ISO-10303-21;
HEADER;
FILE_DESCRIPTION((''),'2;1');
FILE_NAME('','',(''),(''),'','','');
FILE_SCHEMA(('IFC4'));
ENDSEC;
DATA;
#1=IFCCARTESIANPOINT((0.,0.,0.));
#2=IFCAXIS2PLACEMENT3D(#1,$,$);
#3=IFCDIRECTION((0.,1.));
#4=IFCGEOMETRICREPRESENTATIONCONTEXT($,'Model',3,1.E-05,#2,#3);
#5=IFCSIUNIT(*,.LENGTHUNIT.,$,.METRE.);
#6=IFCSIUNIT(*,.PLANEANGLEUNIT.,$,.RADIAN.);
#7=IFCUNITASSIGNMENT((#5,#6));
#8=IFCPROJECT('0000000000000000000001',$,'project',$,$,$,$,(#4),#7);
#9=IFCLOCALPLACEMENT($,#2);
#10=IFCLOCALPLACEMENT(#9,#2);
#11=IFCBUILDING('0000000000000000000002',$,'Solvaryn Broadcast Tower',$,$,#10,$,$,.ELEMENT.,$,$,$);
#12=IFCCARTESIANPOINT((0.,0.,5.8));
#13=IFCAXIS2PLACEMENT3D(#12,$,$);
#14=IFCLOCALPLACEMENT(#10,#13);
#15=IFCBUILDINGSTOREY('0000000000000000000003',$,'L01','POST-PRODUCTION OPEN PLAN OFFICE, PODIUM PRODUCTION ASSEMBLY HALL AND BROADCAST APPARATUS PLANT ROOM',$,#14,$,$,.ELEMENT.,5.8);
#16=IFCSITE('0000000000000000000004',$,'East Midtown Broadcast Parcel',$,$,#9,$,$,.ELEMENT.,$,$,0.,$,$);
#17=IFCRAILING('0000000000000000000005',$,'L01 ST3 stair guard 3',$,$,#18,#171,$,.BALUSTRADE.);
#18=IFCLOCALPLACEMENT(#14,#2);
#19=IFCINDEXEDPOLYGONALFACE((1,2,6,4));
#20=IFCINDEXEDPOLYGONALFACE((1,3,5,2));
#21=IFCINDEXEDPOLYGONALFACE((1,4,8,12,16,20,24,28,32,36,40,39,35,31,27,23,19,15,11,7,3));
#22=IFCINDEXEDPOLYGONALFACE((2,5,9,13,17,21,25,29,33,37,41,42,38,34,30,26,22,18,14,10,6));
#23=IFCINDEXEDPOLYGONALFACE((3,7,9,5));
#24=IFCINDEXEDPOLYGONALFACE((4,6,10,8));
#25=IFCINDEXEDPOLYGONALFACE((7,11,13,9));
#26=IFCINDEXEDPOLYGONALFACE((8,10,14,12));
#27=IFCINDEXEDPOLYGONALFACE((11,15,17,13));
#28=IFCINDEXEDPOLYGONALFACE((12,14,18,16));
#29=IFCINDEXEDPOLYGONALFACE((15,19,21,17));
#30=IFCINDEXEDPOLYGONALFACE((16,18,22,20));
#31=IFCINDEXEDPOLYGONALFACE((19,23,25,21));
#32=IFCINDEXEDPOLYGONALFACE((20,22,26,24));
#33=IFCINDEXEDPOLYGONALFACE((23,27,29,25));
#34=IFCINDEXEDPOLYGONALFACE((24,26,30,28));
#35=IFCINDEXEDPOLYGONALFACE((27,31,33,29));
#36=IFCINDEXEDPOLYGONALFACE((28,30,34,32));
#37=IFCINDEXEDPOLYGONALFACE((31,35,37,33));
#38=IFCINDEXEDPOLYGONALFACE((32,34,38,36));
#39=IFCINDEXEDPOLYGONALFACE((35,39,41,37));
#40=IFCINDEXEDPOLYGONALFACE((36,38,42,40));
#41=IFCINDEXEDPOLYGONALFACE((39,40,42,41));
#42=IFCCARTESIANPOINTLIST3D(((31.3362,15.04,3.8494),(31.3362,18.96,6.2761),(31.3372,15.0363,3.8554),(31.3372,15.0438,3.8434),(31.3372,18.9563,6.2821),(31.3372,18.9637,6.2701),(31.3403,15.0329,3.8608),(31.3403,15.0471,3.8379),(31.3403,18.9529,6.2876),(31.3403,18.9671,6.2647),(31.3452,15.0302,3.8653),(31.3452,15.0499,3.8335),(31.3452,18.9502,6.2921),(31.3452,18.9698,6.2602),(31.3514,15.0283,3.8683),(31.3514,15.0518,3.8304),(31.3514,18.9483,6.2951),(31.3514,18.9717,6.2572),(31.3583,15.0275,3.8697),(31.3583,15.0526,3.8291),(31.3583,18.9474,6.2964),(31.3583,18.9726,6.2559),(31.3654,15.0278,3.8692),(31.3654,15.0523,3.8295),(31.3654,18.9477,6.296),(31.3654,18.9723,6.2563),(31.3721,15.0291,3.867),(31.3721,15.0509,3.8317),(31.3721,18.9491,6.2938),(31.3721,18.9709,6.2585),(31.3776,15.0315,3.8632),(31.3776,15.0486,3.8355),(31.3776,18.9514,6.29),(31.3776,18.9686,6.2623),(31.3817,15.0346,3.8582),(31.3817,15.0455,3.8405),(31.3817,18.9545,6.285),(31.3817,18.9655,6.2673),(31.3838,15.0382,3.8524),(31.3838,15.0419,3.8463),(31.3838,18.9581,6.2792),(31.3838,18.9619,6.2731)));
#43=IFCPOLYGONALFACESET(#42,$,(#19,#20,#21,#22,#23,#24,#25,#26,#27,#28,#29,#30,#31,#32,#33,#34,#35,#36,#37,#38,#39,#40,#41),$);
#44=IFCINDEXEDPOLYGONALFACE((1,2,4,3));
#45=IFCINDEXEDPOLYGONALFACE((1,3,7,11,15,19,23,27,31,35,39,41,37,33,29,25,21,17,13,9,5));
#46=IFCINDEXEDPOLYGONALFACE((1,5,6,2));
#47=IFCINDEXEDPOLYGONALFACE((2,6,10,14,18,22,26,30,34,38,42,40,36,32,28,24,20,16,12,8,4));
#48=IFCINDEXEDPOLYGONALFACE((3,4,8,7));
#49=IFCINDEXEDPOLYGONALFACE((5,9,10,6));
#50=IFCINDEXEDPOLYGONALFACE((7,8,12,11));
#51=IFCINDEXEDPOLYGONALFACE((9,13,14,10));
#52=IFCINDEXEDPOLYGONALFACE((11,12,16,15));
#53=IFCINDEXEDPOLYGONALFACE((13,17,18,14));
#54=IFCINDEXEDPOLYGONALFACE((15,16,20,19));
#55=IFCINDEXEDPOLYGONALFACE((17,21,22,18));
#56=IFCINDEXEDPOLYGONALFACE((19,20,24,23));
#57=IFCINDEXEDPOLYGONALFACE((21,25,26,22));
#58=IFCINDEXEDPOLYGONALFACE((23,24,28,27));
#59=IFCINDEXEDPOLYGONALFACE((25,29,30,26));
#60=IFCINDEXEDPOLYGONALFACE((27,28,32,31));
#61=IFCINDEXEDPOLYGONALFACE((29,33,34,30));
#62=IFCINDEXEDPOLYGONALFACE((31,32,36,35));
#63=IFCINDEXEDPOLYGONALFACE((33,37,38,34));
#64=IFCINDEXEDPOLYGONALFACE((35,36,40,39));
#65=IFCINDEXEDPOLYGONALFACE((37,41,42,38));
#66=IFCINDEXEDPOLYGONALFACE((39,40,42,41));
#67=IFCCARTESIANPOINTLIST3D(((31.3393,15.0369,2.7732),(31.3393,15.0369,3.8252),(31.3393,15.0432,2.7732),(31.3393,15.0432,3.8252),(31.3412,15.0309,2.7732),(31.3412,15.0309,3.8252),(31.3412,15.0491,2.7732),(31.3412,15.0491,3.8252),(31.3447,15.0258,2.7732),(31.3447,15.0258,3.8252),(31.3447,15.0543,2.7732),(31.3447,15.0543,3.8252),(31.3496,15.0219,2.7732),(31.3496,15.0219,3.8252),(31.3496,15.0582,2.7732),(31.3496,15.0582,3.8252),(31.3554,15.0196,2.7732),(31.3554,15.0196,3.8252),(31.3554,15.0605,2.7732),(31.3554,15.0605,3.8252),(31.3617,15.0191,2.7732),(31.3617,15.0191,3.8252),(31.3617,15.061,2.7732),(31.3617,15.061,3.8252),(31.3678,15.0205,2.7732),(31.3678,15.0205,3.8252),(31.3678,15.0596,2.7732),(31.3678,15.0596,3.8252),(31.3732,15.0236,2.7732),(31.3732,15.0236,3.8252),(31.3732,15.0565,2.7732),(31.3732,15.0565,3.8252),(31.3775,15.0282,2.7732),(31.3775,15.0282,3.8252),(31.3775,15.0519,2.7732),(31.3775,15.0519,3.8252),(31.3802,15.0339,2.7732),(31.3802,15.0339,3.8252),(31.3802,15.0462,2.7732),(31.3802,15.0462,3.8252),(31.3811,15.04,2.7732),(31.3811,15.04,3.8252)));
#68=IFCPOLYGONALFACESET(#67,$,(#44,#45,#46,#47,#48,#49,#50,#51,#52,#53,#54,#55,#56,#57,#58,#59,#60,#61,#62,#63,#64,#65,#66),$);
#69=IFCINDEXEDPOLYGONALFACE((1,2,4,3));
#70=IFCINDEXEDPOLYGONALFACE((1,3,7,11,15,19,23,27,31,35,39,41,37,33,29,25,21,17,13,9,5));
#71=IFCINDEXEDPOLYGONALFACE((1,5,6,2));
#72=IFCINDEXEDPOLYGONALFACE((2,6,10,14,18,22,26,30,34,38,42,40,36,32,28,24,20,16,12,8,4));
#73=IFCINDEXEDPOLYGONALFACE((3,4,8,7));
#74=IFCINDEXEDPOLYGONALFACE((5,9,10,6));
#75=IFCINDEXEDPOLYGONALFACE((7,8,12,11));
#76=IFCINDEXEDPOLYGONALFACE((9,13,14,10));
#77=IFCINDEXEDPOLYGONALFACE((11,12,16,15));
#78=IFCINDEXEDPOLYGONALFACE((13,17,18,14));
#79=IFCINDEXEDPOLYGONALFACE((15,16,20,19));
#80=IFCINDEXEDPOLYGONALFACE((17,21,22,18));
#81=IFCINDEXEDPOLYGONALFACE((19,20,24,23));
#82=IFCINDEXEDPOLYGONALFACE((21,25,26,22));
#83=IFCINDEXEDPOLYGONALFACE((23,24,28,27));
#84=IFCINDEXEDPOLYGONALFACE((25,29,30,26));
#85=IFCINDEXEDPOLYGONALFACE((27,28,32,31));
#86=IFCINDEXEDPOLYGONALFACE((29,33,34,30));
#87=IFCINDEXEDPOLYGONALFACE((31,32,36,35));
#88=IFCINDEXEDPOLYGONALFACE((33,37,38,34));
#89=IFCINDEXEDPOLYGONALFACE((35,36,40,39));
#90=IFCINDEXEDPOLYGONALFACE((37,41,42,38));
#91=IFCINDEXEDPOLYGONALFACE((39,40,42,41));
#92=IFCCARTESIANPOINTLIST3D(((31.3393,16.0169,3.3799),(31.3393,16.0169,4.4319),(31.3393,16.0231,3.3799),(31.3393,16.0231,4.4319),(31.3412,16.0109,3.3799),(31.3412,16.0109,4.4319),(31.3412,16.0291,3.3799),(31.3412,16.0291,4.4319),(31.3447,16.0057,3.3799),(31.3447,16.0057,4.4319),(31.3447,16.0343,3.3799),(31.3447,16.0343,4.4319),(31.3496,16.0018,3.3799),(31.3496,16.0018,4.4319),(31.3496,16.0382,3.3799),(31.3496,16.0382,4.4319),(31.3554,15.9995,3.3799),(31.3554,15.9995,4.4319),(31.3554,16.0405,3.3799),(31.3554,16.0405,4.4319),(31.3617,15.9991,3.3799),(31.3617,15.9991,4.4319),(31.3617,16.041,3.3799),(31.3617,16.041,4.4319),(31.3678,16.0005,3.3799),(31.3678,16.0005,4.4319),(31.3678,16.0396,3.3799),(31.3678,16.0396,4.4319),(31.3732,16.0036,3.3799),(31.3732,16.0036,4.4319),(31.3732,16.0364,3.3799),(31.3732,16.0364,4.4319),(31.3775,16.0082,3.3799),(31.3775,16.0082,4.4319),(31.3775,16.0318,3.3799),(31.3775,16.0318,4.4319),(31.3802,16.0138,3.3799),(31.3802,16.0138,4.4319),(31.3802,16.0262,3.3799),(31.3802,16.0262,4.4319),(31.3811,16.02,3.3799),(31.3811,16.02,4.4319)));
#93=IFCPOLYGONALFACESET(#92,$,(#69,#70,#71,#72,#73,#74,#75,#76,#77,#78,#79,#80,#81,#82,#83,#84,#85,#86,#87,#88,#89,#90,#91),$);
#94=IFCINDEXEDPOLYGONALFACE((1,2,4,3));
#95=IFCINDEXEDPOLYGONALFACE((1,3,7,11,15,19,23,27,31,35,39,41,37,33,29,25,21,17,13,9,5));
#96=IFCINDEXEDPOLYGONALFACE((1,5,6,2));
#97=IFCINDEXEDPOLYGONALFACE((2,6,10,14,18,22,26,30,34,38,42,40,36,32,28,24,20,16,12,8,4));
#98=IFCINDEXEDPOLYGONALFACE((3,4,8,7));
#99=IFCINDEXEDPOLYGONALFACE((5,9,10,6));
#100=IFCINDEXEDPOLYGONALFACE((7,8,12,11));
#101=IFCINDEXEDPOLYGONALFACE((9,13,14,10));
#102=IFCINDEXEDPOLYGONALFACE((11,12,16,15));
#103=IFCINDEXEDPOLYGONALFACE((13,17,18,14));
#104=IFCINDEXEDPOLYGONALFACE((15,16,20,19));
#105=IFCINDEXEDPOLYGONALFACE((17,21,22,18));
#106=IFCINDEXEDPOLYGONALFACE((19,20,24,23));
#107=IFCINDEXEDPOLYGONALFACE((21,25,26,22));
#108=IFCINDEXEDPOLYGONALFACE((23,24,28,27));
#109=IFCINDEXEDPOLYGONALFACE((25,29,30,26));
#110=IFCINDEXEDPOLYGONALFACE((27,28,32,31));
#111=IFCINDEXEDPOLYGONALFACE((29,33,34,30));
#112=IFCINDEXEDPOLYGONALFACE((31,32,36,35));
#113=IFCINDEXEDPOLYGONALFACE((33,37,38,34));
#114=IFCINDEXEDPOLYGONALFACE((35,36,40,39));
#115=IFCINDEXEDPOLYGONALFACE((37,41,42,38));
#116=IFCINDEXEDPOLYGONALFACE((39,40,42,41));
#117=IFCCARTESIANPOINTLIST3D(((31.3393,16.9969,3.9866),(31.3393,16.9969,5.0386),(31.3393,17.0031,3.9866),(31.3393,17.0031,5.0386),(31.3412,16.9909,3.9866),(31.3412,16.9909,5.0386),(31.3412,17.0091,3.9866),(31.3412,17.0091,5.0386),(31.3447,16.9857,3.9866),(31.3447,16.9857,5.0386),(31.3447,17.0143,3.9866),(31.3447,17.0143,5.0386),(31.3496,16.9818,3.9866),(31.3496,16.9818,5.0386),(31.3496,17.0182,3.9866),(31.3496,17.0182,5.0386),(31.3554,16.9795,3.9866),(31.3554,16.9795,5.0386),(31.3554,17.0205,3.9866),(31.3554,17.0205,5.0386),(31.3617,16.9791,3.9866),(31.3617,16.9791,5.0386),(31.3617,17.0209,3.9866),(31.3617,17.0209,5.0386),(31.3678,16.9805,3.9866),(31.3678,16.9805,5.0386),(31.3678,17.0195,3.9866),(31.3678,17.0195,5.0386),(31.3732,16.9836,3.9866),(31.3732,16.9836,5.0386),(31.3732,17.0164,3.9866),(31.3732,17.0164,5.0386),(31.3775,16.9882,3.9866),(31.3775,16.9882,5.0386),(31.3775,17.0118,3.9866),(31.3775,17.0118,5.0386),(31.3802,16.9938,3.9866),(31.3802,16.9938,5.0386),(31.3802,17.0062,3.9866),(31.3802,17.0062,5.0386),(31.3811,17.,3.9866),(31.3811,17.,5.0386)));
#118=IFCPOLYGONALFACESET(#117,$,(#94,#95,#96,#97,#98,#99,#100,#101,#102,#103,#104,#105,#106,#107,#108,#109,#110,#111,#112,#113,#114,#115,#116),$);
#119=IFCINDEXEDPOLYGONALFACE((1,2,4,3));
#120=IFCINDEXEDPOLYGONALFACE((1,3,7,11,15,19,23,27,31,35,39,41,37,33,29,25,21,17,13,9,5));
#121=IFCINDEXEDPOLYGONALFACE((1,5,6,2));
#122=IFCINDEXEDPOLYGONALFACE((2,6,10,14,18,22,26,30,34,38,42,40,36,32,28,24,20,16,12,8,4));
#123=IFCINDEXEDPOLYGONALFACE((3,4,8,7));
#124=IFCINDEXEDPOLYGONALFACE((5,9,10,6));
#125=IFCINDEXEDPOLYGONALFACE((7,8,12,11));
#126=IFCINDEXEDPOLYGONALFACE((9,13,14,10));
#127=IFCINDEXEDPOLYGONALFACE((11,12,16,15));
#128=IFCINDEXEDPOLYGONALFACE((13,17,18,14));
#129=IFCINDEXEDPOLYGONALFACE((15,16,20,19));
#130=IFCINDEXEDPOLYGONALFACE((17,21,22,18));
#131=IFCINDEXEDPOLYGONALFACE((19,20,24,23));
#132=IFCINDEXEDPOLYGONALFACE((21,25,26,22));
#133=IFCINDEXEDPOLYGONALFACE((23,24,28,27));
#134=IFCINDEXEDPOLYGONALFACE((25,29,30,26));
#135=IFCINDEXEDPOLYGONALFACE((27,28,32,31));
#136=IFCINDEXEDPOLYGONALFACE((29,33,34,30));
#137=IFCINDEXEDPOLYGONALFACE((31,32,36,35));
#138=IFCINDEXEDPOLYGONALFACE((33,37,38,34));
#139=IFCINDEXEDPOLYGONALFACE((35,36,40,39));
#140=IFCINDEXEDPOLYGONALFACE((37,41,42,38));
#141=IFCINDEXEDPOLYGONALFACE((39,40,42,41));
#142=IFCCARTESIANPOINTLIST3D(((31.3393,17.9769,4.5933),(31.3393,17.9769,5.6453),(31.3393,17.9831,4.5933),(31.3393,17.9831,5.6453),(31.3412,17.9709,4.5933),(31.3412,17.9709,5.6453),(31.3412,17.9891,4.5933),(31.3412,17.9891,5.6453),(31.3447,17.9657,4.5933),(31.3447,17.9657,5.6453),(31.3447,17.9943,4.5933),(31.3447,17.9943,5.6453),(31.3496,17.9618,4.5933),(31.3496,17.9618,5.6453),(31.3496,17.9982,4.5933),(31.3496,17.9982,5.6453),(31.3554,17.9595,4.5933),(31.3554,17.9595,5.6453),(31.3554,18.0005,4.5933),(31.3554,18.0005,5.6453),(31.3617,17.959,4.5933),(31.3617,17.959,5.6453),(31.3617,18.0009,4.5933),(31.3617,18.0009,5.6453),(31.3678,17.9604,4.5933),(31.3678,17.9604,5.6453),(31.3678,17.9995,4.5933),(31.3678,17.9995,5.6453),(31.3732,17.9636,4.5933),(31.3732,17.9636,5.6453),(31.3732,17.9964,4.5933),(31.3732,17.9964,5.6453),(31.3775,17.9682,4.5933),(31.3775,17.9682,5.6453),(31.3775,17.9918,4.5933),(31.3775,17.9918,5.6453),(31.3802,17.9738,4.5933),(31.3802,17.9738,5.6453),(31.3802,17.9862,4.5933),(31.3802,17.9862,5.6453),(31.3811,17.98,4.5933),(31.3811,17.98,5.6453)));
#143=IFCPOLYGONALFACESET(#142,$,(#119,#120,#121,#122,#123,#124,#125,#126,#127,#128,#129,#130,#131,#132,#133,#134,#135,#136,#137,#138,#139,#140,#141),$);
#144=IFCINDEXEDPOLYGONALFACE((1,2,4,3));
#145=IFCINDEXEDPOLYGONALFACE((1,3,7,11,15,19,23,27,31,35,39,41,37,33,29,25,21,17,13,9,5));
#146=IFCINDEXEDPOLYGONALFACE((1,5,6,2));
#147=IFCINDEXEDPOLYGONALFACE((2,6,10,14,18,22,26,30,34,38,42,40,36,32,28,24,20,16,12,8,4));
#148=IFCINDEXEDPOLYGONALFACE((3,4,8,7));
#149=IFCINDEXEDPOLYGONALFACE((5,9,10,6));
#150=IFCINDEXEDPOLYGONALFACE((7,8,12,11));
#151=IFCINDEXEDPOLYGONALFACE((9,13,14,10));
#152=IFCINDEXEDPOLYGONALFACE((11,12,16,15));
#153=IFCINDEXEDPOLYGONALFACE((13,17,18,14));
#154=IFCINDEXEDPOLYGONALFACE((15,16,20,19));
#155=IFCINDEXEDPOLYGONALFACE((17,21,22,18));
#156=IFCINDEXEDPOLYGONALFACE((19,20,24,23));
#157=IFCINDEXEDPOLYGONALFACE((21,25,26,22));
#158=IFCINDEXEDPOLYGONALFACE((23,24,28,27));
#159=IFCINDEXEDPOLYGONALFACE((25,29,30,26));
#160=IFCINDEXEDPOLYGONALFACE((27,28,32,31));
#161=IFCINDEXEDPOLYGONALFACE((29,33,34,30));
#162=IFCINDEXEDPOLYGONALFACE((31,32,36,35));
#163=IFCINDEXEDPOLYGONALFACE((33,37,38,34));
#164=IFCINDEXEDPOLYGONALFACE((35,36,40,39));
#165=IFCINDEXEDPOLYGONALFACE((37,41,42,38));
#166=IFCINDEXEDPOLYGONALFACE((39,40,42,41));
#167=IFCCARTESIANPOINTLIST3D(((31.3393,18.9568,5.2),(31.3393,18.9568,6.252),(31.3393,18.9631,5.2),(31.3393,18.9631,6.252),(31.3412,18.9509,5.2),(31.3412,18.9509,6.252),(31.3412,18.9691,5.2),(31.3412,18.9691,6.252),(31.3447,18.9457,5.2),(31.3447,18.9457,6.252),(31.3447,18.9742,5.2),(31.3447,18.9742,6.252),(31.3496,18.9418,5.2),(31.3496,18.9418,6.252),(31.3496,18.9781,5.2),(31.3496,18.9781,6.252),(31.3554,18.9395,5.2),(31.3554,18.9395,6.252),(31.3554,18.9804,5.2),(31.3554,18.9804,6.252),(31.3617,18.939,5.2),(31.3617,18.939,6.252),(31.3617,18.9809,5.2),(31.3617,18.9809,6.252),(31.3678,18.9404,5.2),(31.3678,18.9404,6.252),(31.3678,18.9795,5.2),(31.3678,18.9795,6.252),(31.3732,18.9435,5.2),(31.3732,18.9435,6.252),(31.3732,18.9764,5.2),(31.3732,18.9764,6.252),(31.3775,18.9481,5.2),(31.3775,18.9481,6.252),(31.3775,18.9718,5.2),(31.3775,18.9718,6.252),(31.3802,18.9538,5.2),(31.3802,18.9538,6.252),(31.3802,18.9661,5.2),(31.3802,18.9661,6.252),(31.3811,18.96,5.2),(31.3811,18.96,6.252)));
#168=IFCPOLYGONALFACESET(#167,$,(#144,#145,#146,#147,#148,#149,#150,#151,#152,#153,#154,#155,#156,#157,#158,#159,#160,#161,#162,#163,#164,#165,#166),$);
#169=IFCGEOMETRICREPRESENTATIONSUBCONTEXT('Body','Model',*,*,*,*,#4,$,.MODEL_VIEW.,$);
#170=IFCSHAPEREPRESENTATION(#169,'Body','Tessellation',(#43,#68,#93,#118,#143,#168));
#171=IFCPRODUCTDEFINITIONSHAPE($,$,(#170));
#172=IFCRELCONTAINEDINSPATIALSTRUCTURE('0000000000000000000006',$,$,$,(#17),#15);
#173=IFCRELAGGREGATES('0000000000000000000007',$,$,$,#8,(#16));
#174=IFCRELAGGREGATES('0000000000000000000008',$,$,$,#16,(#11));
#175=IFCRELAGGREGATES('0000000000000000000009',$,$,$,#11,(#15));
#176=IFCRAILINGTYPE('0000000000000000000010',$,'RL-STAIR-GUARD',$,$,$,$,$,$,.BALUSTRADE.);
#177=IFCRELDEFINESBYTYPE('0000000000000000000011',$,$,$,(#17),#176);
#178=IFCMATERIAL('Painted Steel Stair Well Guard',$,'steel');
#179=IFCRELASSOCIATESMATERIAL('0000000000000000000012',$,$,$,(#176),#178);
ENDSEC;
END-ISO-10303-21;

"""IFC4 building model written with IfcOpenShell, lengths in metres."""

from ifc_helpers import new_model, si_unit, direction, frame, origin, origin_2d, place, context, subcontext, project, spatial, circle, extrude, material, type_object, element, save


model = new_model("IFC4")

# Units and contexts
model_context = context("Model", 3, precision=1e-05, world=origin(), true_north=direction((0.0, 1.0)))
body_context = subcontext(model_context, "Body", "Model", "MODEL_VIEW")
ifc_project = project(units=[si_unit("LENGTHUNIT", "METRE"), si_unit("PLANEANGLEUNIT", "RADIAN")], contexts=[model_context])

# Site, building, storey
site_placement = place(None, origin())
site = spatial("IfcSite", under=ifc_project, at=site_placement, Name="East Midtown Broadcast Parcel", CompositionType="ELEMENT", RefElevation=0.0)
building_placement = place(site_placement, origin())
building = spatial("IfcBuilding", under=site, at=building_placement, Name="Solvaryn Broadcast Tower", CompositionType="ELEMENT")
storey_placement = place(building_placement, frame((0.0, 0.0, 5.8)))
storey = spatial("IfcBuildingStorey", under=building, at=storey_placement, Name="L01", Description="POST-PRODUCTION OPEN PLAN OFFICE, PODIUM PRODUCTION ASSEMBLY HALL AND BROADCAST APPARATUS PLANT ROOM", CompositionType="ELEMENT", Elevation=5.8)

# Railing
ifc_material_1 = material(Name="Painted Steel Stair Well Guard", Category="steel")
railing_type_1 = type_object("IfcRailingType", Name="RL-STAIR-GUARD", PredefinedType="BALUSTRADE", material=ifc_material_1)
railing_1_placement = place(storey_placement, frame((31.3601, 15.04, 2.7732)))
element("IfcRailing", 1, at=railing_1_placement, inside=storey, type_object=railing_type_1, Name="L01 ST3 stair guard 3", PredefinedType="BALUSTRADE", context=body_context, shape_type="SweptSolid", body=[
    extrude(circle(Radius=0.0239, at=origin_2d()), frame((0.0, 0.0, 1.0762), z_axis=(0.0, 0.850252, 0.526376), x_axis=(-1.0, 0.0, 0.0)), (0.0, 0.0, 1.0), 4.6104),
    extrude(circle(Radius=0.021, at=origin_2d()), origin(), (0.0, 0.0, 1.0), 1.052),
    extrude(circle(Radius=0.021, at=origin_2d()), frame((0.0, 0.98, 0.6067)), (0.0, 0.0, 1.0), 1.052),
    extrude(circle(Radius=0.021, at=origin_2d()), frame((0.0, 1.96, 1.2134)), (0.0, 0.0, 1.0), 1.052),
    extrude(circle(Radius=0.021, at=origin_2d()), frame((0.0, 2.9399, 1.8201)), (0.0, 0.0, 1.0), 1.052),
    extrude(circle(Radius=0.021, at=origin_2d()), frame((0.0, 3.9199, 2.4268)), (0.0, 0.0, 1.0), 1.052),
])

save(model, "model.ifc")
